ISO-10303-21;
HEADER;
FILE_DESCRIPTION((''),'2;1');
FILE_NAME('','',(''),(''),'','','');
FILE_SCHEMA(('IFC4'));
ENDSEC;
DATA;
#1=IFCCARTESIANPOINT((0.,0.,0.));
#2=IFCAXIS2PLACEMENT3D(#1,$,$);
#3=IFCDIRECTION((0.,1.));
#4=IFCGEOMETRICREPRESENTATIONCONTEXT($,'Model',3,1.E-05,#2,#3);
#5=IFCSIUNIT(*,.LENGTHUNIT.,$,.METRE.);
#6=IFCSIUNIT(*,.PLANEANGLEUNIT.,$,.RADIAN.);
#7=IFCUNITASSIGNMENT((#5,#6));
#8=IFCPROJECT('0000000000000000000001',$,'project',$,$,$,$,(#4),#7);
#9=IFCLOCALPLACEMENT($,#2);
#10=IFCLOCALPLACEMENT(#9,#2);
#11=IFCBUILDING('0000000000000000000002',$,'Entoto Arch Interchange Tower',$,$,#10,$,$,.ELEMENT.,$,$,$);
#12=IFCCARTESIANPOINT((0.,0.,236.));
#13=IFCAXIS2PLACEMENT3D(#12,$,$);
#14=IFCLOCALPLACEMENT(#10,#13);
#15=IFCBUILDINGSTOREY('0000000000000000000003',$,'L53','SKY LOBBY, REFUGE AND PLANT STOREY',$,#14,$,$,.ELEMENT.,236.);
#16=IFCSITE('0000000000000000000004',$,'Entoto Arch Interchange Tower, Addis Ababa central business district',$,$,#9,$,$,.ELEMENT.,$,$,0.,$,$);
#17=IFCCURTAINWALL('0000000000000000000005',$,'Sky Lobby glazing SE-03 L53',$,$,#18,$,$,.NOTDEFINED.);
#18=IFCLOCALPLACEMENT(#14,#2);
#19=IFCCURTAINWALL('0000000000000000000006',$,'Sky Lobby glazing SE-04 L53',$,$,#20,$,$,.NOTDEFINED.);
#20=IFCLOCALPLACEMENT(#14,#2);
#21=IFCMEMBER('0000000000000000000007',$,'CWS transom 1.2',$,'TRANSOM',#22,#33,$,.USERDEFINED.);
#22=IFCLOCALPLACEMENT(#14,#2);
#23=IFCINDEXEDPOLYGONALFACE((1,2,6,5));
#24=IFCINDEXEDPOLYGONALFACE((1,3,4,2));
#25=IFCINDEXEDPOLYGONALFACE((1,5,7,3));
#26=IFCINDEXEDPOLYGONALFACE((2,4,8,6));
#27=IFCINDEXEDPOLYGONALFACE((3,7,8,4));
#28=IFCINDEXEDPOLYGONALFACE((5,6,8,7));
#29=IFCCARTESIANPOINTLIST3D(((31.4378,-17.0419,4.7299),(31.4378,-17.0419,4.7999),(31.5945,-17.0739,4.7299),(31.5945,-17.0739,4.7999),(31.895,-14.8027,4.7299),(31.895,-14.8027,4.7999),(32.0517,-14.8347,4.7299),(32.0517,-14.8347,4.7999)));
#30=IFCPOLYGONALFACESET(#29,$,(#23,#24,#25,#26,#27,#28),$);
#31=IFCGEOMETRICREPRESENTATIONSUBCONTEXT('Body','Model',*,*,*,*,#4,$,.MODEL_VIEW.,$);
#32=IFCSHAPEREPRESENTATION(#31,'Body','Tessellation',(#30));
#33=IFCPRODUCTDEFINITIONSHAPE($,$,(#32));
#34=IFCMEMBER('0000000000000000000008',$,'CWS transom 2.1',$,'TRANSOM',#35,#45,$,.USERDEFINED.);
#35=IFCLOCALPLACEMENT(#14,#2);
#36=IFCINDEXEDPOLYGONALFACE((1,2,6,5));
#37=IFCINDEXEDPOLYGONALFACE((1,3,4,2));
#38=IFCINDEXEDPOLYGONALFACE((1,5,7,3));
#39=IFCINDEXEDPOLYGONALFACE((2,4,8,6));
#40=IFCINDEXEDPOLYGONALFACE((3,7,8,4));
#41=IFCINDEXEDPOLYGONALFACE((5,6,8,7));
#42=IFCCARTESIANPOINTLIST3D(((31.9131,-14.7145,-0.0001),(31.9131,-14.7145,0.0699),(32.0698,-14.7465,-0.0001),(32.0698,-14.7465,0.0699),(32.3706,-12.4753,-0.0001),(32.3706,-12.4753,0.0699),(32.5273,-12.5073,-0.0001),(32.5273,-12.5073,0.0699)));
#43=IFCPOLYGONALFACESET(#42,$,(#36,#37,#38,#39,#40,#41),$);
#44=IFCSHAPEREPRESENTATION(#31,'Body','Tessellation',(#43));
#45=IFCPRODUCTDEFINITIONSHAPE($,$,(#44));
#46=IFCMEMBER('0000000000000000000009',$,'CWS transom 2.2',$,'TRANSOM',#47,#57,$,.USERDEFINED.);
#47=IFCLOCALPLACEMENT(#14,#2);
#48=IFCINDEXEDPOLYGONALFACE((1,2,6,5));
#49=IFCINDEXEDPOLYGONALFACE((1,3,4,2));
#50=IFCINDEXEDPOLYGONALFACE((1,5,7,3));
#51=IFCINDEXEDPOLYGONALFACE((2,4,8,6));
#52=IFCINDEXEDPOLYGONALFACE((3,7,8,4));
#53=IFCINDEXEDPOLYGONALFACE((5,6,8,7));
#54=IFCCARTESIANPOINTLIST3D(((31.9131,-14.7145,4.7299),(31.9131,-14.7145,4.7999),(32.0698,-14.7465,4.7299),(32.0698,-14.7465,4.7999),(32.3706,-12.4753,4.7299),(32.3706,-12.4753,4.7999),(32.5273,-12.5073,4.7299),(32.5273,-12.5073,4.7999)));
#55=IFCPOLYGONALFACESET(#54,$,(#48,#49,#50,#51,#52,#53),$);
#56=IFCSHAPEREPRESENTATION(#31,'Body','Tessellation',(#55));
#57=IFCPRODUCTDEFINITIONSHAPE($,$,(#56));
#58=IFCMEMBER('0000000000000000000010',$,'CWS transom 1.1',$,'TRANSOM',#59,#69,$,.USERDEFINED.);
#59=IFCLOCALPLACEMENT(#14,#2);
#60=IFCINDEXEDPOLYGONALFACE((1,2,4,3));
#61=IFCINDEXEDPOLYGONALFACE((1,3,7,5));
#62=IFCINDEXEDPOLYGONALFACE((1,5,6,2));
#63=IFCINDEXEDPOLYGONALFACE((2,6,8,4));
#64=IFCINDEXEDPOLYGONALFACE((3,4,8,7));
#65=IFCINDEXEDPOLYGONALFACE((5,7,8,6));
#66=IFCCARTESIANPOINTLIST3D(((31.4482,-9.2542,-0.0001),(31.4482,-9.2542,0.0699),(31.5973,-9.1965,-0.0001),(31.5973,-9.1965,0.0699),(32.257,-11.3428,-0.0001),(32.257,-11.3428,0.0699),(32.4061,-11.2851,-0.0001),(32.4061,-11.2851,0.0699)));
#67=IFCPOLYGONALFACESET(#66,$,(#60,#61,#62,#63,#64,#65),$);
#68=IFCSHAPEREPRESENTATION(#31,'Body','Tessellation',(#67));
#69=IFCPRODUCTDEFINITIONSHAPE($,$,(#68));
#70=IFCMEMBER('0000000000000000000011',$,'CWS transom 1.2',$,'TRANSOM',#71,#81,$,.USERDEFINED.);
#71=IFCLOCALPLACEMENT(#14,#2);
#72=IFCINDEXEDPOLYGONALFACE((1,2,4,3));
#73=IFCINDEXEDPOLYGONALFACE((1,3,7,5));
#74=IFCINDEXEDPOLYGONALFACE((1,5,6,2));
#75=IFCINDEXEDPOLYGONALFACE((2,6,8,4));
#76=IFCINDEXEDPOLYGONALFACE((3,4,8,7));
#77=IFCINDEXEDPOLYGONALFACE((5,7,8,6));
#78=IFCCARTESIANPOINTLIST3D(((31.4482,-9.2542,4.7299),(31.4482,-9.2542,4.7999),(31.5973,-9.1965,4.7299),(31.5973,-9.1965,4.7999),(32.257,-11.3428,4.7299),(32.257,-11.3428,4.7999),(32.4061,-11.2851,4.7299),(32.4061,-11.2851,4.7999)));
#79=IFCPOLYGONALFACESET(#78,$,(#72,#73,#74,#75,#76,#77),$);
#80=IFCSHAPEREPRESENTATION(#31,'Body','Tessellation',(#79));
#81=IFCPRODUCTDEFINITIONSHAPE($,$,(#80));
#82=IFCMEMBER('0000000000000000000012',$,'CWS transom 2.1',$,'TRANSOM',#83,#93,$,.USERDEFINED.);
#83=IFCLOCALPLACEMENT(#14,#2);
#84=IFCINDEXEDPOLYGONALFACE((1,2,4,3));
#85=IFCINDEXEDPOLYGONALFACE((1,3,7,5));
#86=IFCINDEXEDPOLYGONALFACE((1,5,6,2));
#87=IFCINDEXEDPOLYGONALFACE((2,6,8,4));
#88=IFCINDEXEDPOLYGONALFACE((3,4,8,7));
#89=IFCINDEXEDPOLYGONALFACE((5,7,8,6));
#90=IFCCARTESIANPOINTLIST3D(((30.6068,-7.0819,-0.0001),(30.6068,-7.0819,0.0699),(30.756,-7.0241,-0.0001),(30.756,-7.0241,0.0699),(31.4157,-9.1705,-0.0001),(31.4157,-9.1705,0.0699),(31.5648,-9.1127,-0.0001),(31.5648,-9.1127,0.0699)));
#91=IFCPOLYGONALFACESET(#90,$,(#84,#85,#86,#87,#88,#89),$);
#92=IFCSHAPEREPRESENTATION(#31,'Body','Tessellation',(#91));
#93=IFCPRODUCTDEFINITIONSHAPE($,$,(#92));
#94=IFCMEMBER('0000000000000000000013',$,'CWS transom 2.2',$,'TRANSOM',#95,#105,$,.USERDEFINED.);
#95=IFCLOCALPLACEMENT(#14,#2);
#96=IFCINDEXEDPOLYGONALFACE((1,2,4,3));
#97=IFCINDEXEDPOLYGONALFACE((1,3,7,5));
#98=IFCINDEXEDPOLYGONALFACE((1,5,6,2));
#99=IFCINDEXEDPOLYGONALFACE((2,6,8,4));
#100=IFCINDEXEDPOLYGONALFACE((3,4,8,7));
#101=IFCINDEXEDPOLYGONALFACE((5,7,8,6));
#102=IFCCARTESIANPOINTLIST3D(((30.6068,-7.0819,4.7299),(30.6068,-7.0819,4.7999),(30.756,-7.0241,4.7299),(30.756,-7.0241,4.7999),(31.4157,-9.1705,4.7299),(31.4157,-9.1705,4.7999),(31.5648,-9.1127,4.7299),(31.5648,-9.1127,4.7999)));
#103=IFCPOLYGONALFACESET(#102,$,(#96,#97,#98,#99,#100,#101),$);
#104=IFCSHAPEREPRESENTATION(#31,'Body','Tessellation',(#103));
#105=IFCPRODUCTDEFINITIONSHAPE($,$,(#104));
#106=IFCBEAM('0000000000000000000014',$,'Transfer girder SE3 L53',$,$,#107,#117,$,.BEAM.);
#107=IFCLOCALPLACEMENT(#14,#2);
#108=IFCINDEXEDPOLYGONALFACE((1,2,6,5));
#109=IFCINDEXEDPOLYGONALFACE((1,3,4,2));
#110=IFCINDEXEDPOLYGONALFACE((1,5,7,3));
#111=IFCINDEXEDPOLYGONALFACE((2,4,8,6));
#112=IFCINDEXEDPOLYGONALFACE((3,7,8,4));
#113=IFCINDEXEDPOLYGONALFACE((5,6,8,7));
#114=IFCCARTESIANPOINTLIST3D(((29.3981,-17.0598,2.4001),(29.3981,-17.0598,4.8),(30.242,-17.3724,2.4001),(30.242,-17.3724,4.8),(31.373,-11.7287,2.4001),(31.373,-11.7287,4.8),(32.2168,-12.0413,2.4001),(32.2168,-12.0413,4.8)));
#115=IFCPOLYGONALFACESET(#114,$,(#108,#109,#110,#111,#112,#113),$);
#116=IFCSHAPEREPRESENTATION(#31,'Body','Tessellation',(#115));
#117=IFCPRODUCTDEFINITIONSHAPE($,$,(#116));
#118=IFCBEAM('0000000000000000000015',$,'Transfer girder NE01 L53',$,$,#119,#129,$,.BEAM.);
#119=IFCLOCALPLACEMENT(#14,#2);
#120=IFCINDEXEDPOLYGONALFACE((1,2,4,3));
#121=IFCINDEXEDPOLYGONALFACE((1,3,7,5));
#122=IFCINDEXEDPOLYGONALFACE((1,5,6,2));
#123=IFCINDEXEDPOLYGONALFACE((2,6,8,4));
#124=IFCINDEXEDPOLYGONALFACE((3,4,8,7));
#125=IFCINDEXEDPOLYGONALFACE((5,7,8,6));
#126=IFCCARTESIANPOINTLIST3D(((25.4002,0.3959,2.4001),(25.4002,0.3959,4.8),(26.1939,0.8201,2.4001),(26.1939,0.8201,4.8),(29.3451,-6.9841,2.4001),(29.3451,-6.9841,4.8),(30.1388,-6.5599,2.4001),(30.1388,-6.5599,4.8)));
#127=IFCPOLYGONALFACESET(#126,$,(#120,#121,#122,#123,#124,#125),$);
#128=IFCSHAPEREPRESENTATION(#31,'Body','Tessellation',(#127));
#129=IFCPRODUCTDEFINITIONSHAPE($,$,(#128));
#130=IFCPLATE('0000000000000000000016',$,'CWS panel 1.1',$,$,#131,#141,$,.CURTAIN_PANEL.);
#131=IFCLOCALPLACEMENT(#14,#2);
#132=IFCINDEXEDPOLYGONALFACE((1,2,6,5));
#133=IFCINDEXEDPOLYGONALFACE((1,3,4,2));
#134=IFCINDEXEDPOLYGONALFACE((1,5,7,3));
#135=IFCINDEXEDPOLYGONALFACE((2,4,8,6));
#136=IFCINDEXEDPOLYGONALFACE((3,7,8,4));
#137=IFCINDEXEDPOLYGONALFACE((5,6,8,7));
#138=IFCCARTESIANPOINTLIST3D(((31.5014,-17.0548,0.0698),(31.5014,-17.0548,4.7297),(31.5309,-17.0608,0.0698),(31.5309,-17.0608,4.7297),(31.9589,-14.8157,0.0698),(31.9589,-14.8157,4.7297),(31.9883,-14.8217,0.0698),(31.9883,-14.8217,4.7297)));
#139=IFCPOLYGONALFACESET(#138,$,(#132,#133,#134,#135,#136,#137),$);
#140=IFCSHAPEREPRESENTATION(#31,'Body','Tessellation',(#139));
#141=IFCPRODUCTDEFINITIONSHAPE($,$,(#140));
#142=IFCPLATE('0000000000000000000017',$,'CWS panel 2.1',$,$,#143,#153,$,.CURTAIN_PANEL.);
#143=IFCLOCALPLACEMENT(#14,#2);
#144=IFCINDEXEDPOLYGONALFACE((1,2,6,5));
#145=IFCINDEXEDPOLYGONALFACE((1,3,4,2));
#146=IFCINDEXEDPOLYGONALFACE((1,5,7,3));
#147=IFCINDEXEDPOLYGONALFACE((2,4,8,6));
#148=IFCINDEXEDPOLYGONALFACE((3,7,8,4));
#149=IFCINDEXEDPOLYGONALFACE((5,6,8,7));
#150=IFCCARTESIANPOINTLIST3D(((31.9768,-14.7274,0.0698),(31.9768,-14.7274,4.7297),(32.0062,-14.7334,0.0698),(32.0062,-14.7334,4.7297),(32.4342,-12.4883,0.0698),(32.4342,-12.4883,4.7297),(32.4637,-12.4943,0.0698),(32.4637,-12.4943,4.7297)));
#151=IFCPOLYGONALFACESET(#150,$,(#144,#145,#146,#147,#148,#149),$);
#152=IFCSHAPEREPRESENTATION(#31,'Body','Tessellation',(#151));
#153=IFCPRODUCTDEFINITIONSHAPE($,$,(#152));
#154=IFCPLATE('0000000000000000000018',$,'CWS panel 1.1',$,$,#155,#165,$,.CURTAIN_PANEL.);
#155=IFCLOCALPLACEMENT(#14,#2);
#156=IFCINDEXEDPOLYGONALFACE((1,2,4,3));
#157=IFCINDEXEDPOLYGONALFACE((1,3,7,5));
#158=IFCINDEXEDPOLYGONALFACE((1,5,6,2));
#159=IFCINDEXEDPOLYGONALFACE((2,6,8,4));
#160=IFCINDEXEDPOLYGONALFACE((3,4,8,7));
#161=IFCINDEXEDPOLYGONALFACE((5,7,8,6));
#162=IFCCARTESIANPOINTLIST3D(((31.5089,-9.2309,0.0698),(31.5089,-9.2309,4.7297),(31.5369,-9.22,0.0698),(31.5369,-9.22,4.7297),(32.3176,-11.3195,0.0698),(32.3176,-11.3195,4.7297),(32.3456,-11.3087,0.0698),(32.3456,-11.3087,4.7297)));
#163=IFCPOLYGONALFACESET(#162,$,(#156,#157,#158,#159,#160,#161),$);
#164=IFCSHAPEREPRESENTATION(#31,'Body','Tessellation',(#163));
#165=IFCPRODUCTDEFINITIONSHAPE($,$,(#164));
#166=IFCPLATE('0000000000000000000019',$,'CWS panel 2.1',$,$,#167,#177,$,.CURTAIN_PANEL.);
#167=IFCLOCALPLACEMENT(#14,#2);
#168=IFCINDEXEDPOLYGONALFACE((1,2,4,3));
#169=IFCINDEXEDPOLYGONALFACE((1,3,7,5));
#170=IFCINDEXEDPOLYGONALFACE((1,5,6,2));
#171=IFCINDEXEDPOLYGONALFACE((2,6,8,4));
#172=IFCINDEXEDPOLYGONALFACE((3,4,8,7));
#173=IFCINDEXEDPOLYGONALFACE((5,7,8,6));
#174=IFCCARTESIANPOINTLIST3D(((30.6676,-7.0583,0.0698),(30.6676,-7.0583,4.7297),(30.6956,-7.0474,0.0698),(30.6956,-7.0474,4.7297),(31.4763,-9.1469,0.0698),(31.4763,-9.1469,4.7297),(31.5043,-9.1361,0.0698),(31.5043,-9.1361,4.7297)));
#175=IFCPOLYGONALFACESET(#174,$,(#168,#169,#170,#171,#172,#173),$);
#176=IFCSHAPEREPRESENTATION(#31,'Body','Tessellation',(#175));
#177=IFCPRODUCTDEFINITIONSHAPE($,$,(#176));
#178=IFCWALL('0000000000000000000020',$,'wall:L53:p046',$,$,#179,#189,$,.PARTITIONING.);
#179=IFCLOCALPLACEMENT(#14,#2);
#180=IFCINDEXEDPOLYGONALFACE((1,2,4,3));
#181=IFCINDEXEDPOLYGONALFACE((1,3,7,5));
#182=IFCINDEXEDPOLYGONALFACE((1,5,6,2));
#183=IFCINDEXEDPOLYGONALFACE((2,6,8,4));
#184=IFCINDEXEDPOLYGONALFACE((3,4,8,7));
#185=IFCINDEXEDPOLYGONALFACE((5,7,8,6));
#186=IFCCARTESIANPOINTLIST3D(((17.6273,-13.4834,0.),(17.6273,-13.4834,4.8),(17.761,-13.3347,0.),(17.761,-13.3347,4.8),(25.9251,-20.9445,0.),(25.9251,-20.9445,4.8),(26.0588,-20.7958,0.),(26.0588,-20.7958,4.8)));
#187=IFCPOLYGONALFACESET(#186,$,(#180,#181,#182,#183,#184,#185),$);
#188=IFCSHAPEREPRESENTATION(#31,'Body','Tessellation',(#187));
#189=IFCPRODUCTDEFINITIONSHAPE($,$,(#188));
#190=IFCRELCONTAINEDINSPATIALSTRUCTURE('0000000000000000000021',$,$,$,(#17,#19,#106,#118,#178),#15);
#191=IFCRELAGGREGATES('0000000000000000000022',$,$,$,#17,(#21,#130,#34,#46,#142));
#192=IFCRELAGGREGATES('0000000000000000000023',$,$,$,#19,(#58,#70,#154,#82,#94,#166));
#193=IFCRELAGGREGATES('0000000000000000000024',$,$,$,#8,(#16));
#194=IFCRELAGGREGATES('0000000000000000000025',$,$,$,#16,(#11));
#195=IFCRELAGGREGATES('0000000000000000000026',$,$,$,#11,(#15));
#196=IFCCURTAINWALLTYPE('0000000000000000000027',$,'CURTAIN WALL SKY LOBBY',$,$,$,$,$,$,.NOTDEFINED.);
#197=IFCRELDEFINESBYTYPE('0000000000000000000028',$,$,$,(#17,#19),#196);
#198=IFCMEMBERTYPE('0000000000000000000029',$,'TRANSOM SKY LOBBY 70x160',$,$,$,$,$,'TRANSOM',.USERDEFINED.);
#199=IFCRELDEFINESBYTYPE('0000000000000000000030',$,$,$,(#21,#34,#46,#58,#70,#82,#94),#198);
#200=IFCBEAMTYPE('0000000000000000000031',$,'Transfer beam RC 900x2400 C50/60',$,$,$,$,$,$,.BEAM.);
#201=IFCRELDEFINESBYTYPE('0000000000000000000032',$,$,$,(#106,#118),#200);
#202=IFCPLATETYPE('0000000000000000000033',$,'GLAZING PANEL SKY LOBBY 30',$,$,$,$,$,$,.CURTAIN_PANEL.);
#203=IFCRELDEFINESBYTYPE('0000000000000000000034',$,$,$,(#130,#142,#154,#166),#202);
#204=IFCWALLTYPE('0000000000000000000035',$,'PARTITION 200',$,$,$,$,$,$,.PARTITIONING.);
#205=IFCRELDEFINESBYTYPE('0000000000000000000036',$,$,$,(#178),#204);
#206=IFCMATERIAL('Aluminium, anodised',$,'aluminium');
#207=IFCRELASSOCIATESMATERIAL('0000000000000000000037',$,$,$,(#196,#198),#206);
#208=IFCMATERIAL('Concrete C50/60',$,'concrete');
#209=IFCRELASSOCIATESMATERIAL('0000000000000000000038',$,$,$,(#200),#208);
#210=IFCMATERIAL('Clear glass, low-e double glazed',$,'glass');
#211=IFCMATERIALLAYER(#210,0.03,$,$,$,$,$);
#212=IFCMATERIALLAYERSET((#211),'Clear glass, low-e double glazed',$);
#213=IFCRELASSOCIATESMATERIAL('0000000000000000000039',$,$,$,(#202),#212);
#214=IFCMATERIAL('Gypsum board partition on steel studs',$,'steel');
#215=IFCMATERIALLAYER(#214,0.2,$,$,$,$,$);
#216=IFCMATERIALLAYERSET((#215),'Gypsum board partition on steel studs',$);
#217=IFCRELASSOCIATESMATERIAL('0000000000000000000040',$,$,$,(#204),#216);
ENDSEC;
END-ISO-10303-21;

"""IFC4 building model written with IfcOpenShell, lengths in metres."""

from ifc_helpers import new_model, si_unit, direction, frame, frame_2d, origin, origin_2d, place, context, subcontext, project, spatial, rectangle, extrude, material, layer, layer_set, material_profile, profile_set, type_object, element, aggregate, save


model = new_model("IFC4")

# Units and contexts
model_context = context("Model", 3, precision=1e-05, world=origin(), true_north=direction((0.0, 1.0)))
body_context = subcontext(model_context, "Body", "Model", "MODEL_VIEW")
ifc_project = project(units=[si_unit("LENGTHUNIT", "METRE"), si_unit("PLANEANGLEUNIT", "RADIAN")], contexts=[model_context])

# Site, building, storey
site_placement = place(None, origin())
site = spatial("IfcSite", under=ifc_project, at=site_placement, Name="Entoto Arch Interchange Tower, Addis Ababa central business district", CompositionType="ELEMENT", RefElevation=0.0)
building_placement = place(site_placement, origin())
building = spatial("IfcBuilding", under=site, at=building_placement, Name="Entoto Arch Interchange Tower", CompositionType="ELEMENT")
storey_placement = place(building_placement, frame((0.0, 0.0, 236.0)))
storey = spatial("IfcBuildingStorey", under=building, at=storey_placement, Name="L53", Description="SKY LOBBY, REFUGE AND PLANT STOREY", CompositionType="ELEMENT", Elevation=236.0)

# Shared definitions
ifc_material_1 = material(Name="Concrete C50/60", Category="concrete")

# Curtain walls
ifc_material_2 = material(Name="Aluminium, anodised", Category="aluminium")
curtain_wall_type = type_object("IfcCurtainWallType", Name="CURTAIN WALL SKY LOBBY", PredefinedType="NOTDEFINED", material=ifc_material_2)
curtain_wall_1_placement = place(storey_placement, origin())
curtain_wall_1 = element("IfcCurtainWall", 1, at=curtain_wall_1_placement, inside=storey, type_object=curtain_wall_type, Name="Sky Lobby glazing SE-03 L53", PredefinedType="NOTDEFINED")
curtain_wall_2_placement = place(storey_placement, origin())
curtain_wall_2 = element("IfcCurtainWall", 2, at=curtain_wall_2_placement, inside=storey, type_object=curtain_wall_type, Name="Sky Lobby glazing SE-04 L53", PredefinedType="NOTDEFINED")

# Members
ifc_material_profile_1 = material_profile(ifc_material_2, rectangle(XDim=0.1599, YDim=0.0701, at=origin_2d()))
ifc_profile_set_1 = profile_set([ifc_material_profile_1], Name="Aluminium, anodised")
member_type_1 = type_object("IfcMemberType", Name="TRANSOM SKY LOBBY 70x160", ElementType="TRANSOM", PredefinedType="USERDEFINED", material=ifc_profile_set_1)
member_1_placement = place(storey_placement, frame((31.5161, -17.0579, 4.7649), z_axis=(0.200079, 0.97978, 0.0), x_axis=(-0.97978, 0.200079, 0.0)))
member_1 = element("IfcMember", 3, at=member_1_placement, type_object=member_type_1, Name="CWS transom 1.2", ObjectType="TRANSOM", PredefinedType="USERDEFINED", context=body_context, shape_type="SweptSolid", body=[
    extrude(rectangle(XDim=0.1599, YDim=0.0701, at=origin_2d()), origin(), (0.0, 0.0, 1.0), 2.2854),
])
member_2_placement = place(storey_placement, frame((31.9915, -14.7305, 0.0349), z_axis=(0.200182, 0.979759, 0.0), x_axis=(-0.979759, 0.200182, 0.0)))
member_2 = element("IfcMember", 4, at=member_2_placement, type_object=member_type_1, Name="CWS transom 2.1", ObjectType="TRANSOM", PredefinedType="USERDEFINED", context=body_context, shape_type="SweptSolid", body=[
    extrude(rectangle(XDim=0.1599, YDim=0.0701, at=origin_2d()), origin(), (0.0, 0.0, 1.0), 2.2854),
])
member_3_placement = place(storey_placement, frame((31.9915, -14.7305, 4.7649), z_axis=(0.200182, 0.979759, 0.0), x_axis=(-0.979759, 0.200182, 0.0)))
member_3 = element("IfcMember", 5, at=member_3_placement, type_object=member_type_1, Name="CWS transom 2.2", ObjectType="TRANSOM", PredefinedType="USERDEFINED", context=body_context, shape_type="SweptSolid", body=[
    extrude(rectangle(XDim=0.1599, YDim=0.0701, at=origin_2d()), origin(), (0.0, 0.0, 1.0), 2.2854),
])
member_4_placement = place(storey_placement, frame((32.3315, -11.314, 0.0349), z_axis=(-0.361126, 0.932517, 0.0), x_axis=(-0.932517, -0.361126, 0.0)))
member_4 = element("IfcMember", 6, at=member_4_placement, type_object=member_type_1, Name="CWS transom 1.1", ObjectType="TRANSOM", PredefinedType="USERDEFINED", context=body_context, shape_type="SweptSolid", body=[
    extrude(rectangle(XDim=0.1599, YDim=0.0701, at=origin_2d()), origin(), (0.0, 0.0, 1.0), 2.2397),
])
member_5_placement = place(storey_placement, frame((32.3315, -11.314, 4.7649), z_axis=(-0.361126, 0.932517, 0.0), x_axis=(-0.932517, -0.361126, 0.0)))
member_5 = element("IfcMember", 7, at=member_5_placement, type_object=member_type_1, Name="CWS transom 1.2", ObjectType="TRANSOM", PredefinedType="USERDEFINED", context=body_context, shape_type="SweptSolid", body=[
    extrude(rectangle(XDim=0.1599, YDim=0.0701, at=origin_2d()), origin(), (0.0, 0.0, 1.0), 2.2397),
])
member_6_placement = place(storey_placement, frame((31.4902, -9.1416, 0.0349), z_axis=(-0.361126, 0.932517, 0.0), x_axis=(-0.932517, -0.361126, 0.0)))
member_6 = element("IfcMember", 8, at=member_6_placement, type_object=member_type_1, Name="CWS transom 2.1", ObjectType="TRANSOM", PredefinedType="USERDEFINED", context=body_context, shape_type="SweptSolid", body=[
    extrude(rectangle(XDim=0.1599, YDim=0.0701, at=origin_2d()), origin(), (0.0, 0.0, 1.0), 2.2397),
])
member_7_placement = place(storey_placement, frame((31.4902, -9.1416, 4.7649), z_axis=(-0.361126, 0.932517, 0.0), x_axis=(-0.932517, -0.361126, 0.0)))
member_7 = element("IfcMember", 9, at=member_7_placement, type_object=member_type_1, Name="CWS transom 2.2", ObjectType="TRANSOM", PredefinedType="USERDEFINED", context=body_context, shape_type="SweptSolid", body=[
    extrude(rectangle(XDim=0.1599, YDim=0.0701, at=origin_2d()), origin(), (0.0, 0.0, 1.0), 2.2397),
])

# Beams
ifc_material_profile_2 = material_profile(ifc_material_1, rectangle(XDim=0.8999, YDim=2.3999, at=origin_2d()))
ifc_profile_set_2 = profile_set([ifc_material_profile_2], Name="Concrete C50/60")
beam_type = type_object("IfcBeamType", Name="Transfer beam RC 900x2400 C50/60", PredefinedType="BEAM", material=ifc_profile_set_2)
beam_1_placement = place(storey_placement, frame((29.8201, -17.2161, 3.6001), z_axis=(0.347374, 0.937726, 0.0), x_axis=(-0.937726, 0.347374, 0.0)))
element("IfcBeam", 10, at=beam_1_placement, inside=storey, type_object=beam_type, Name="Transfer girder SE3 L53", PredefinedType="BEAM", context=body_context, shape_type="SweptSolid", body=[
    extrude(rectangle(XDim=0.8999, YDim=2.3999, at=origin_2d()), origin(), (0.0, 0.0, 1.0), 5.6851),
])
beam_2_placement = place(storey_placement, frame((29.7419, -6.772, 3.6001), z_axis=(-0.471415, 0.881912, 0.0), x_axis=(-0.881912, -0.471415, 0.0)))
element("IfcBeam", 11, at=beam_2_placement, inside=storey, type_object=beam_type, Name="Transfer girder NE01 L53", PredefinedType="BEAM", context=body_context, shape_type="SweptSolid", body=[
    extrude(rectangle(XDim=0.8999, YDim=2.3999, at=origin_2d()), origin(), (0.0, 0.0, 1.0), 8.3682),
])

# Plates
ifc_material_3 = material(Name="Clear glass, low-e double glazed", Category="glass")
ifc_layer_1 = layer(ifc_material_3, 0.03)
ifc_layer_set_1 = layer_set([ifc_layer_1], Name="Clear glass, low-e double glazed")
plate_type = type_object("IfcPlateType", Name="GLAZING PANEL SKY LOBBY 30", PredefinedType="CURTAIN_PANEL", material=ifc_layer_set_1)
plate_1_placement = place(storey_placement, frame((31.7449, -15.9382, 0.0698), z_axis=(0.0, 0.0, 1.0), x_axis=(0.200166, 0.979762, 0.0)))
plate_1 = element("IfcPlate", 12, at=plate_1_placement, type_object=plate_type, Name="CWS panel 1.1", PredefinedType="CURTAIN_PANEL", context=body_context, shape_type="SweptSolid", body=[
    extrude(rectangle(XDim=2.2854, YDim=0.03, at=origin_2d()), origin(), (0.0, 0.0, 1.0), 4.6599),
])
plate_2_placement = place(storey_placement, frame((32.2202, -13.6108, 0.0698), z_axis=(0.0, 0.0, 1.0), x_axis=(0.200166, 0.979762, 0.0)))
plate_2 = element("IfcPlate", 13, at=plate_2_placement, type_object=plate_type, Name="CWS panel 2.1", PredefinedType="CURTAIN_PANEL", context=body_context, shape_type="SweptSolid", body=[
    extrude(rectangle(XDim=2.2854, YDim=0.03, at=origin_2d()), origin(), (0.0, 0.0, 1.0), 4.6599),
])
aggregate(curtain_wall_1, [member_1, plate_1, member_2, member_3, plate_2])
plate_3_placement = place(storey_placement, frame((31.9272, -10.2698, 0.0698), z_axis=(0.0, 0.0, 1.0), x_axis=(-0.361095, 0.932529, 0.0)))
plate_3 = element("IfcPlate", 14, at=plate_3_placement, type_object=plate_type, Name="CWS panel 1.1", PredefinedType="CURTAIN_PANEL", context=body_context, shape_type="SweptSolid", body=[
    extrude(rectangle(XDim=2.2397, YDim=0.03, at=origin_2d()), origin(), (0.0, 0.0, 1.0), 4.6599),
])
plate_4_placement = place(storey_placement, frame((31.0859, -8.0972, 0.0698), z_axis=(0.0, 0.0, 1.0), x_axis=(-0.361095, 0.932529, 0.0)))
plate_4 = element("IfcPlate", 15, at=plate_4_placement, type_object=plate_type, Name="CWS panel 2.1", PredefinedType="CURTAIN_PANEL", context=body_context, shape_type="SweptSolid", body=[
    extrude(rectangle(XDim=2.2397, YDim=0.03, at=origin_2d()), origin(), (0.0, 0.0, 1.0), 4.6599),
])
aggregate(curtain_wall_2, [member_4, member_5, plate_3, member_6, member_7, plate_4])

# Wall
ifc_material_4 = material(Name="Gypsum board partition on steel studs", Category="steel")
ifc_layer_2 = layer(ifc_material_4, 0.2)
ifc_layer_set_2 = layer_set([ifc_layer_2], Name="Gypsum board partition on steel studs")
wall_type_1 = type_object("IfcWallType", Name="PARTITION 200", PredefinedType="PARTITIONING", material=ifc_layer_set_2)
wall_1_placement = place(storey_placement, frame((17.6941, -13.4089, 0.0), z_axis=(0.0, 0.0, 1.0), x_axis=(0.743601, -0.668624, 0.0)))
element("IfcWall", 16, at=wall_1_placement, inside=storey, type_object=wall_type_1, Name="wall:L53:p046", PredefinedType="PARTITIONING", context=body_context, shape_type="SweptSolid", body=[
    extrude(rectangle(XDim=11.1589, YDim=0.2, at=frame_2d((5.5796, 0.0))), origin(), (0.0, 0.0, 1.0), 4.8),
])

save(model, "model.ifc")
